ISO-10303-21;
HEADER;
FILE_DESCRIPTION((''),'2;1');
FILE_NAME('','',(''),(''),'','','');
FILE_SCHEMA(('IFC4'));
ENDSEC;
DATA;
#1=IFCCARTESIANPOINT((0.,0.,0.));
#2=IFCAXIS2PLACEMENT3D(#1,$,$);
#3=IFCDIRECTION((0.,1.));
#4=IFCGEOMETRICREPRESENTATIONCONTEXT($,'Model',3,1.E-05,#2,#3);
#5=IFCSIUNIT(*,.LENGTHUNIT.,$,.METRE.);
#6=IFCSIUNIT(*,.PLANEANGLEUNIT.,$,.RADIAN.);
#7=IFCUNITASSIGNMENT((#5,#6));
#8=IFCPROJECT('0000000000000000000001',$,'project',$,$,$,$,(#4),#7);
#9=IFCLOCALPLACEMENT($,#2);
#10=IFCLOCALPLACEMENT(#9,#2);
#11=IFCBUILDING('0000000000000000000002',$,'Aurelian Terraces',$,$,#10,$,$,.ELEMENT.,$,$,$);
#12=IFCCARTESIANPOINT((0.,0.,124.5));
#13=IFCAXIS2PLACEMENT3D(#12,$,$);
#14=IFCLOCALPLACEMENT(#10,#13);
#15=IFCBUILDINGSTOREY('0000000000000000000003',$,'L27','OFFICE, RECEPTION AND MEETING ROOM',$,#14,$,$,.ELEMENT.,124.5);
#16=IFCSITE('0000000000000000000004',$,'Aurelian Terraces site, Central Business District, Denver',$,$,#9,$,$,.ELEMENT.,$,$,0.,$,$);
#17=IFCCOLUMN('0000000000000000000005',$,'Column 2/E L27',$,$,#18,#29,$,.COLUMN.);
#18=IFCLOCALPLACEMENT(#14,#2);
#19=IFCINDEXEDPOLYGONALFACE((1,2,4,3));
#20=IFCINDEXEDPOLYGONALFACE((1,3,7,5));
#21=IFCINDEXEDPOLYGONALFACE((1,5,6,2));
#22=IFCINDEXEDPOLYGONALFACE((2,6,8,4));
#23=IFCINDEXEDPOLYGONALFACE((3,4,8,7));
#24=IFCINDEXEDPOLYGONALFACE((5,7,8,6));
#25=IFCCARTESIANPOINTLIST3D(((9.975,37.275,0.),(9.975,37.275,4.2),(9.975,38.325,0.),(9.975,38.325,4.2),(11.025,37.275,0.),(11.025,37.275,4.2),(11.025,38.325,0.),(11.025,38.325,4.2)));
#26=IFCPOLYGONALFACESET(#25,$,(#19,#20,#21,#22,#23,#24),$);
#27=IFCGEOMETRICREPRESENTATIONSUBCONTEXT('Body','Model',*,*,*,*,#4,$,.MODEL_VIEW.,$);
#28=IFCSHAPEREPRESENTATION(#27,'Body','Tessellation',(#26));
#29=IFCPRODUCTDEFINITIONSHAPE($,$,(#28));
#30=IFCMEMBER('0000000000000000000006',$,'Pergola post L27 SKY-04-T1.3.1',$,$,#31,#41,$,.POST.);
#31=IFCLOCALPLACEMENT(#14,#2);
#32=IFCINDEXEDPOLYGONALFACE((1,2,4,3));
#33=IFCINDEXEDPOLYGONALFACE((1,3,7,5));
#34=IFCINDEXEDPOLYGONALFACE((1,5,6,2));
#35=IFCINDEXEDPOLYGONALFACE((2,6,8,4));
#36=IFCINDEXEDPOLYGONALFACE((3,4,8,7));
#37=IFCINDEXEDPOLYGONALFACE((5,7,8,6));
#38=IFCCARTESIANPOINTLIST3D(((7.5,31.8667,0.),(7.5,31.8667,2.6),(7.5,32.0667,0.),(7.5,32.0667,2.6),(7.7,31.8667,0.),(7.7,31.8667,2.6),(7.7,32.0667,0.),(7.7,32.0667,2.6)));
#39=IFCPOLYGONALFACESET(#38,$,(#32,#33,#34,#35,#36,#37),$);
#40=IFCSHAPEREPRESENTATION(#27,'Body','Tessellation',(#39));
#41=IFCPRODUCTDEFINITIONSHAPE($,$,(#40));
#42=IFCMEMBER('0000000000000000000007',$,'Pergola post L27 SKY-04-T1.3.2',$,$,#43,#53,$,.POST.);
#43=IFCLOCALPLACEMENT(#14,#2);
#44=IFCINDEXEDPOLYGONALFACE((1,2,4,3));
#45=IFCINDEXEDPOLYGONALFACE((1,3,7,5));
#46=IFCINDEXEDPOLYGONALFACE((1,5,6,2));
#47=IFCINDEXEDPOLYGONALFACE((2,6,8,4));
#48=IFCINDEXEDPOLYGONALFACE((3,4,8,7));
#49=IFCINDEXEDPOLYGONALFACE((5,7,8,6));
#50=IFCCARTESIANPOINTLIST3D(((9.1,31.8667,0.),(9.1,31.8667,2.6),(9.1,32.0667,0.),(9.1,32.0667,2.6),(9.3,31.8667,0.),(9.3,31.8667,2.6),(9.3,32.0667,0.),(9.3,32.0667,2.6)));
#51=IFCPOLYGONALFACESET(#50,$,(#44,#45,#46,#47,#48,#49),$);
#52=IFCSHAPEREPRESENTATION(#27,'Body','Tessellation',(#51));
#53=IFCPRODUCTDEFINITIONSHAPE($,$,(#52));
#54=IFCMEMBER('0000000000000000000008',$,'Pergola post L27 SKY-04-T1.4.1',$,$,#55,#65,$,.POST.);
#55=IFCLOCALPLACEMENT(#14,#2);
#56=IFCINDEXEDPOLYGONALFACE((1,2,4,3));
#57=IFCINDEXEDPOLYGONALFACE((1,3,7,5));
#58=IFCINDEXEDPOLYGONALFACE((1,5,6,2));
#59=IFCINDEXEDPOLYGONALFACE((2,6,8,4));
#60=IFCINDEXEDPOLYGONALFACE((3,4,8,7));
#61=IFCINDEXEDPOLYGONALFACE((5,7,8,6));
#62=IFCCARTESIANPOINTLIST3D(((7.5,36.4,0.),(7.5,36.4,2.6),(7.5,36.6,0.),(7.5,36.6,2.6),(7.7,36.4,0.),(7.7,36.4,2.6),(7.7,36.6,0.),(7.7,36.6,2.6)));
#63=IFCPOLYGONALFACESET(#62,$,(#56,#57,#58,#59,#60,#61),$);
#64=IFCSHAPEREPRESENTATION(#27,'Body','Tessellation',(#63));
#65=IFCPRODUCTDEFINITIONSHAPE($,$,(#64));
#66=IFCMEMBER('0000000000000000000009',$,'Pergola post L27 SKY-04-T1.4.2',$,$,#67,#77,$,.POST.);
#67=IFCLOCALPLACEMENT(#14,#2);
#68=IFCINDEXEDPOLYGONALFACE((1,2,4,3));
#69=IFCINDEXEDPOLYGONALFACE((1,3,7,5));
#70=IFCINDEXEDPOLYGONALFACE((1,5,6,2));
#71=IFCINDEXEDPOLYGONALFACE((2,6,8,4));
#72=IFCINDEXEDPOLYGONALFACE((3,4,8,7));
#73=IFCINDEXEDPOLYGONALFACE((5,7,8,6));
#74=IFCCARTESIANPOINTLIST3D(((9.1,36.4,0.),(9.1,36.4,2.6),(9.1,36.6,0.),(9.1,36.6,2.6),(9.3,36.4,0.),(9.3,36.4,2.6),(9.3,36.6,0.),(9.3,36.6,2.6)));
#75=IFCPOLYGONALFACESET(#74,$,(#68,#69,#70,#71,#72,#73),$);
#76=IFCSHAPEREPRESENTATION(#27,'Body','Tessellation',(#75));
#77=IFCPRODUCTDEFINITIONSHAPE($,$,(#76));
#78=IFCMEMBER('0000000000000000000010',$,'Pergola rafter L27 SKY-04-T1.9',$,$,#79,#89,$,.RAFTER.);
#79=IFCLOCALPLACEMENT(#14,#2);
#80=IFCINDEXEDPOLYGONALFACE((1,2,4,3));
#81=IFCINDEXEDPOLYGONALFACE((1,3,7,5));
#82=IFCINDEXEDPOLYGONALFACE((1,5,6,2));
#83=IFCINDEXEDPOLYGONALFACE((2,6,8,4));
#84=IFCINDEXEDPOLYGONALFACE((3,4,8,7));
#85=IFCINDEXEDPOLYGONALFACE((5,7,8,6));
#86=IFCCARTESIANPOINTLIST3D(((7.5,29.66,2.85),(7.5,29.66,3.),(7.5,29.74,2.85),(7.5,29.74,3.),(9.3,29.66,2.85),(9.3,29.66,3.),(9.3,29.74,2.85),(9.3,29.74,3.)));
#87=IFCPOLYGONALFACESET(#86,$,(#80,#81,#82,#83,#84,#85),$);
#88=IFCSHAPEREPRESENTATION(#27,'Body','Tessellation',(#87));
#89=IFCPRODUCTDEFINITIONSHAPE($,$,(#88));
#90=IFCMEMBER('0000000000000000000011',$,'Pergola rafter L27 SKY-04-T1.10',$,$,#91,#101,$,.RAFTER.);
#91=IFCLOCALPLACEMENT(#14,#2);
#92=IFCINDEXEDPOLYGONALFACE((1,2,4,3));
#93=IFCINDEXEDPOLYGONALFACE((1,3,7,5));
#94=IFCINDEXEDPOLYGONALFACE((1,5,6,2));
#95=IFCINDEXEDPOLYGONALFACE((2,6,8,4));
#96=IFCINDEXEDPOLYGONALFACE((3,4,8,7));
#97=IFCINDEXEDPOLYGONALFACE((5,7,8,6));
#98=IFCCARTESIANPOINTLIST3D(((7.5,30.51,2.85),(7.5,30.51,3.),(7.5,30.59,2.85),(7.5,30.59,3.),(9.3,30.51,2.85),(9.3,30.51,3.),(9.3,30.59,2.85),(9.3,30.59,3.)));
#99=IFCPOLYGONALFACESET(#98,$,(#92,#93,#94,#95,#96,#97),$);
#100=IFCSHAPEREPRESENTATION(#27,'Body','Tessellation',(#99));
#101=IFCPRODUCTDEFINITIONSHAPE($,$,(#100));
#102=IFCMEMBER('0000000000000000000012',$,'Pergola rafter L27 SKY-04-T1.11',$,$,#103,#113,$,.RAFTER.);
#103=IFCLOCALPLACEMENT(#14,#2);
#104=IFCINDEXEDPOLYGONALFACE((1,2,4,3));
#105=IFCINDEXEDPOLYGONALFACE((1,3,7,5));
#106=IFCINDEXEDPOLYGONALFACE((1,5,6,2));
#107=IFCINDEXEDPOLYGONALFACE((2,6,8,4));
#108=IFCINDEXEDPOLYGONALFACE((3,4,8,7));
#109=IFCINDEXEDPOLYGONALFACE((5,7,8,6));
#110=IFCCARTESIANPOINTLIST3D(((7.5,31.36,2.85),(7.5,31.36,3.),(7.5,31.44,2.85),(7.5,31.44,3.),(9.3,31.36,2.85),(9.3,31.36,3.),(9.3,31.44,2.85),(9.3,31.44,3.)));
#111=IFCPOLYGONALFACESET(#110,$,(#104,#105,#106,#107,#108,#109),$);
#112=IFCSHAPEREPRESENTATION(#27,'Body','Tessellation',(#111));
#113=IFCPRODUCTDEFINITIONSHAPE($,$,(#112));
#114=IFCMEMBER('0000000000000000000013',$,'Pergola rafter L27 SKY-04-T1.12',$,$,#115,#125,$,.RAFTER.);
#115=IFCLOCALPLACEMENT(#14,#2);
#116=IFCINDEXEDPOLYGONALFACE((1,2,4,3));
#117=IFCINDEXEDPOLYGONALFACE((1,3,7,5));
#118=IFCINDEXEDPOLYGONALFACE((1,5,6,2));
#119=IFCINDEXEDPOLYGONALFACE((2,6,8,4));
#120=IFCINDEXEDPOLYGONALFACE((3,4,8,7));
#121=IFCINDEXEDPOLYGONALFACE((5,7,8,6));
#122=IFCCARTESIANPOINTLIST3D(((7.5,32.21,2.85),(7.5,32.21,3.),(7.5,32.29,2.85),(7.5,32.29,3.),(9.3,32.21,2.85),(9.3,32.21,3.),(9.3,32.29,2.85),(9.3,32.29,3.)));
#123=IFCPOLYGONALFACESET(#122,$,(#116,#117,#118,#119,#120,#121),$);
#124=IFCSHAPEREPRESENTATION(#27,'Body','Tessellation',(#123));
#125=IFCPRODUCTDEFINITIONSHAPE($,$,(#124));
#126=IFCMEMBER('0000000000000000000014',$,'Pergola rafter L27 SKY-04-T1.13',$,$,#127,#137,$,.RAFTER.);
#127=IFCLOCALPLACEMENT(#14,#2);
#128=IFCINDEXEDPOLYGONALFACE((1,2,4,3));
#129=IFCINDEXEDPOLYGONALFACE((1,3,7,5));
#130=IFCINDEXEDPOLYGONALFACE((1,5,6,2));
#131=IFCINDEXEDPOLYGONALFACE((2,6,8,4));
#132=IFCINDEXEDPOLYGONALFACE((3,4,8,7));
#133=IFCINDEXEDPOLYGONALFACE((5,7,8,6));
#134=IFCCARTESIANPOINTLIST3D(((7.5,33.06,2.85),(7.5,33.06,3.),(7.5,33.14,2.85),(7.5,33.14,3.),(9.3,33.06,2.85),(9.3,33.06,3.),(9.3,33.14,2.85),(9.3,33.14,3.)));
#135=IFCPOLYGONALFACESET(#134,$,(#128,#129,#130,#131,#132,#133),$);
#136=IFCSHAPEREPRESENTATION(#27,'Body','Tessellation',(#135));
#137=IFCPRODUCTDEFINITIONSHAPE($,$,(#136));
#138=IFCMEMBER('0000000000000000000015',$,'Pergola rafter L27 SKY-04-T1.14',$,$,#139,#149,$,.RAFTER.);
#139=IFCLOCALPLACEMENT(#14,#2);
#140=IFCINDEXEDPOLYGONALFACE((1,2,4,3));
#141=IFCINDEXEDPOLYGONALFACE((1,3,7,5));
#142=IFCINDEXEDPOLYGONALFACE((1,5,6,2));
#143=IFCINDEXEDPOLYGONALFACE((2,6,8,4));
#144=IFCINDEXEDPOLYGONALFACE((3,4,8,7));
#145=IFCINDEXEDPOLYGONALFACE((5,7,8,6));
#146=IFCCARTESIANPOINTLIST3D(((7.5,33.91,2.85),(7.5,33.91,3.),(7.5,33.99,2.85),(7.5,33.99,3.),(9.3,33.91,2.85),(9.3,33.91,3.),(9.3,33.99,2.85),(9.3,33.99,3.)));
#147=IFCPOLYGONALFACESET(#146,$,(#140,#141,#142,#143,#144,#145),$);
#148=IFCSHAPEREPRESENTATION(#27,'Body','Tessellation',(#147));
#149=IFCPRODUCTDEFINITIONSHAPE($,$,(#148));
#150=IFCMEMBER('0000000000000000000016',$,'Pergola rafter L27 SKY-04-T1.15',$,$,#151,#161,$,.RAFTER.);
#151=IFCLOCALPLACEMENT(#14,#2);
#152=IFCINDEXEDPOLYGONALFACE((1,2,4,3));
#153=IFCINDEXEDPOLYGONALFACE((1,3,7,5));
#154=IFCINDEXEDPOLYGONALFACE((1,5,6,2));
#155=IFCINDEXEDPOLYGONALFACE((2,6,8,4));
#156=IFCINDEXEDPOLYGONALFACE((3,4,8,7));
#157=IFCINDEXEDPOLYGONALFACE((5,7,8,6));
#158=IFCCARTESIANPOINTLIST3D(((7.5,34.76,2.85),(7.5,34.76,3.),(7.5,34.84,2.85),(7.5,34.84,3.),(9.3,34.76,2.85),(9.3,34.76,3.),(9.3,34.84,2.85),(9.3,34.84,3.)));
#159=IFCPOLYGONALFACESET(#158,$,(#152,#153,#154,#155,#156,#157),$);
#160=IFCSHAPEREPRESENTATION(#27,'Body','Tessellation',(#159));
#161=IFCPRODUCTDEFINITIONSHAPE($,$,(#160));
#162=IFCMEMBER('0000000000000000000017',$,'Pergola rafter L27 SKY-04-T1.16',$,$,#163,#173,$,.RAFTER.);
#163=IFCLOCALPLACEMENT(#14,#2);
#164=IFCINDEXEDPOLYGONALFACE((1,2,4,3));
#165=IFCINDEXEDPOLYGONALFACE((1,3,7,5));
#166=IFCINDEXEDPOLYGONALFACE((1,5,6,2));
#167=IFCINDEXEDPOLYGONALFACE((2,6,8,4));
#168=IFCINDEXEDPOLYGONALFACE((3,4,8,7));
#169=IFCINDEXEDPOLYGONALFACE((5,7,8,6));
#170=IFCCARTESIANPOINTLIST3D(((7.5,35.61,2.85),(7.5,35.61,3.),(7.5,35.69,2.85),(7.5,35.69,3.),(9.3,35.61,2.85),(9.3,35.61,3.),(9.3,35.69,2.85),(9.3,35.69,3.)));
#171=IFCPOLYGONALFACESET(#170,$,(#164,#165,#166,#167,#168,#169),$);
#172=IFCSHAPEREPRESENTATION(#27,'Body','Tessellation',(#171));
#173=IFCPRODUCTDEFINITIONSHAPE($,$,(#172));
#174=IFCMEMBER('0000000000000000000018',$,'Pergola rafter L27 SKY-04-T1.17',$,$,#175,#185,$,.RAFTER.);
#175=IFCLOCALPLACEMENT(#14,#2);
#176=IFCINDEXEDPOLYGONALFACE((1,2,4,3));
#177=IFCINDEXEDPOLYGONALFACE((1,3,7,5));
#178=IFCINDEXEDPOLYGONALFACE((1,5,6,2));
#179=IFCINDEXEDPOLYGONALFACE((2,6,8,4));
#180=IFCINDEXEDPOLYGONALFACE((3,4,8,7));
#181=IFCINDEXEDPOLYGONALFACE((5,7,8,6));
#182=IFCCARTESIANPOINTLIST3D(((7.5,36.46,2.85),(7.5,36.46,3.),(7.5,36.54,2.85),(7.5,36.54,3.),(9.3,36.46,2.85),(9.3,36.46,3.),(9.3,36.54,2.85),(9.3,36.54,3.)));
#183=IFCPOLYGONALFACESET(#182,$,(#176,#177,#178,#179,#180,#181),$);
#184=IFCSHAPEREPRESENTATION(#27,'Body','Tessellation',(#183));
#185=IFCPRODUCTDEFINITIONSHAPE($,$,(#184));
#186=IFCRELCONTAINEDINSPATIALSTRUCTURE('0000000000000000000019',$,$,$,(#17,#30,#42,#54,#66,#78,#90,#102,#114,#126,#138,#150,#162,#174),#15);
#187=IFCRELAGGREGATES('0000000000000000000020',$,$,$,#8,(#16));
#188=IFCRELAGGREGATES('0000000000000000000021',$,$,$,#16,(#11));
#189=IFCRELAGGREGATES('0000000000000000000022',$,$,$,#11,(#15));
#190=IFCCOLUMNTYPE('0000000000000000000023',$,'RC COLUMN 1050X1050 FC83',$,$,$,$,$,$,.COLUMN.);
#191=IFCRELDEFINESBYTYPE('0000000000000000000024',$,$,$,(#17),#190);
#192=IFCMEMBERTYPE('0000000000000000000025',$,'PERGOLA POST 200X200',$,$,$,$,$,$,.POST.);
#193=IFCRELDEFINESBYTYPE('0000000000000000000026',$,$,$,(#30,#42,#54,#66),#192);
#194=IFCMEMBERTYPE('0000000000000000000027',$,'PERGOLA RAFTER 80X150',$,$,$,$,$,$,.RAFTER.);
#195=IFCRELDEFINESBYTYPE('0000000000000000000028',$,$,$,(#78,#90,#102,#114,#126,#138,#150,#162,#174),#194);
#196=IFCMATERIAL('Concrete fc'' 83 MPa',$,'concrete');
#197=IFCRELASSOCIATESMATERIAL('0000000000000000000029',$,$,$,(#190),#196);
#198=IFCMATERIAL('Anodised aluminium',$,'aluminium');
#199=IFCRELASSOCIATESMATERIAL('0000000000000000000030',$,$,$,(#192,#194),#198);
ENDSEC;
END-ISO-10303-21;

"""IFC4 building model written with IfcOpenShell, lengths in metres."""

from ifc_helpers import new_model, si_unit, direction, frame, origin, origin_2d, place, context, subcontext, project, spatial, rectangle, extrude, source, transform, mapped, material, material_profile, profile_set, type_object, element, save


model = new_model("IFC4")

# Units and contexts
model_context = context("Model", 3, precision=1e-05, world=origin(), true_north=direction((0.0, 1.0)))
body_context = subcontext(model_context, "Body", "Model", "MODEL_VIEW")
ifc_project = project(units=[si_unit("LENGTHUNIT", "METRE"), si_unit("PLANEANGLEUNIT", "RADIAN")], contexts=[model_context])

# Site, building, storey
site_placement = place(None, origin())
site = spatial("IfcSite", under=ifc_project, at=site_placement, Name="Aurelian Terraces site, Central Business District, Denver", CompositionType="ELEMENT", RefElevation=0.0)
building_placement = place(site_placement, origin())
building = spatial("IfcBuilding", under=site, at=building_placement, Name="Aurelian Terraces", CompositionType="ELEMENT")
storey_placement = place(building_placement, frame((0.0, 0.0, 124.5)))
storey = spatial("IfcBuildingStorey", under=building, at=storey_placement, Name="L27", Description="OFFICE, RECEPTION AND MEETING ROOM", CompositionType="ELEMENT", Elevation=124.5)

# Column
ifc_material_1 = material(Name="Concrete fc' 83 MPa", Category="concrete")
ifc_material_profile_1 = material_profile(ifc_material_1, rectangle(XDim=1.05, YDim=1.05, at=origin_2d()))
ifc_profile_set_1 = profile_set([ifc_material_profile_1], Name="Concrete fc' 83 MPa")
column_type = type_object("IfcColumnType", Name="RC COLUMN 1050X1050 FC83", PredefinedType="COLUMN", material=ifc_profile_set_1)
shared_shape_1 = source(origin(), body_context, "Body", "SweptSolid", [
    extrude(rectangle(XDim=1.05, YDim=1.05, at=origin_2d()), origin(), (0.0, 0.0, 1.0), 4.2),
])
column_placement = place(storey_placement, frame((10.5, 37.8, 0.0), z_axis=(0.0, 0.0, 1.0), x_axis=(1.0, 0.0, 0.0)))
element("IfcColumn", 1, at=column_placement, inside=storey, type_object=column_type, Name="Column 2/E L27", PredefinedType="COLUMN", context=body_context, shape_type="MappedRepresentation", body=[
    mapped(shared_shape_1, transform((0.0, 0.0, 0.0), scale=1.0)),
])

# Members
ifc_material_2 = material(Name="Anodised aluminium", Category="aluminium")
ifc_material_profile_2 = material_profile(ifc_material_2, rectangle(XDim=0.2, YDim=0.2, at=origin_2d()))
ifc_profile_set_2 = profile_set([ifc_material_profile_2], Name="Anodised aluminium")
member_type_1 = type_object("IfcMemberType", Name="PERGOLA POST 200X200", PredefinedType="POST", material=ifc_profile_set_2)
shared_shape_2 = source(origin(), body_context, "Body", "SweptSolid", [
    extrude(rectangle(XDim=0.2, YDim=0.2, at=origin_2d()), origin(), (0.0, 0.0, 1.0), 2.6),
])
for number, where, z_axis, x_axis, name in (
    (2, (7.6, 31.9667, 0.0), (0.0, 0.0, 1.0), (1.0, 0.0, 0.0), "Pergola post L27 SKY-04-T1.3.1"),
    (3, (9.2, 31.9667, 0.0), (0.0, 0.0, 1.0), (1.0, 0.0, 0.0), "Pergola post L27 SKY-04-T1.3.2"),
    (4, (7.6, 36.5, 0.0), (0.0, 0.0, 1.0), (1.0, 0.0, 0.0), "Pergola post L27 SKY-04-T1.4.1"),
    (5, (9.2, 36.5, 0.0), (0.0, 0.0, 1.0), (1.0, 0.0, 0.0), "Pergola post L27 SKY-04-T1.4.2"),
):
    element("IfcMember", number, at=place(storey_placement, frame(where, z_axis=z_axis, x_axis=x_axis)), inside=storey, type_object=member_type_1, Name=name, PredefinedType="POST", context=body_context, shape_type="MappedRepresentation", body=[
        mapped(shared_shape_2, transform((0.0, 0.0, 0.0), scale=1.0)),
    ])
ifc_material_profile_3 = material_profile(ifc_material_2, rectangle(XDim=0.08, YDim=0.15, at=origin_2d()))
ifc_profile_set_3 = profile_set([ifc_material_profile_3], Name="Anodised aluminium")
member_type_2 = type_object("IfcMemberType", Name="PERGOLA RAFTER 80X150", PredefinedType="RAFTER", material=ifc_profile_set_3)
shared_shape_3 = source(origin(), body_context, "Body", "SweptSolid", [
    extrude(rectangle(XDim=0.08, YDim=0.15, at=origin_2d()), origin(), (0.0, 0.0, 1.0), 1.8),
])
for number, where, z_axis, x_axis, name in (
    (6, (7.5, 29.7, 2.925), (1.0, 0.0, 0.0), (0.0, 1.0, 0.0), "Pergola rafter L27 SKY-04-T1.9"),
    (7, (7.5, 30.55, 2.925), (1.0, 0.0, 0.0), (0.0, 1.0, 0.0), "Pergola rafter L27 SKY-04-T1.10"),
    (8, (7.5, 31.4, 2.925), (1.0, 0.0, 0.0), (0.0, 1.0, 0.0), "Pergola rafter L27 SKY-04-T1.11"),
    (9, (7.5, 32.25, 2.925), (1.0, 0.0, 0.0), (0.0, 1.0, 0.0), "Pergola rafter L27 SKY-04-T1.12"),
    (10, (7.5, 33.1, 2.925), (1.0, 0.0, 0.0), (0.0, 1.0, 0.0), "Pergola rafter L27 SKY-04-T1.13"),
    (11, (7.5, 33.95, 2.925), (1.0, 0.0, 0.0), (0.0, 1.0, 0.0), "Pergola rafter L27 SKY-04-T1.14"),
    (12, (7.5, 34.8, 2.925), (1.0, 0.0, 0.0), (0.0, 1.0, 0.0), "Pergola rafter L27 SKY-04-T1.15"),
    (13, (7.5, 35.65, 2.925), (1.0, 0.0, 0.0), (0.0, 1.0, 0.0), "Pergola rafter L27 SKY-04-T1.16"),
    (14, (7.5, 36.5, 2.925), (1.0, 0.0, 0.0), (0.0, 1.0, 0.0), "Pergola rafter L27 SKY-04-T1.17"),
):
    element("IfcMember", number, at=place(storey_placement, frame(where, z_axis=z_axis, x_axis=x_axis)), inside=storey, type_object=member_type_2, Name=name, PredefinedType="RAFTER", context=body_context, shape_type="MappedRepresentation", body=[
        mapped(shared_shape_3, transform((0.0, 0.0, 0.0), scale=1.0)),
    ])

save(model, "model.ifc")
